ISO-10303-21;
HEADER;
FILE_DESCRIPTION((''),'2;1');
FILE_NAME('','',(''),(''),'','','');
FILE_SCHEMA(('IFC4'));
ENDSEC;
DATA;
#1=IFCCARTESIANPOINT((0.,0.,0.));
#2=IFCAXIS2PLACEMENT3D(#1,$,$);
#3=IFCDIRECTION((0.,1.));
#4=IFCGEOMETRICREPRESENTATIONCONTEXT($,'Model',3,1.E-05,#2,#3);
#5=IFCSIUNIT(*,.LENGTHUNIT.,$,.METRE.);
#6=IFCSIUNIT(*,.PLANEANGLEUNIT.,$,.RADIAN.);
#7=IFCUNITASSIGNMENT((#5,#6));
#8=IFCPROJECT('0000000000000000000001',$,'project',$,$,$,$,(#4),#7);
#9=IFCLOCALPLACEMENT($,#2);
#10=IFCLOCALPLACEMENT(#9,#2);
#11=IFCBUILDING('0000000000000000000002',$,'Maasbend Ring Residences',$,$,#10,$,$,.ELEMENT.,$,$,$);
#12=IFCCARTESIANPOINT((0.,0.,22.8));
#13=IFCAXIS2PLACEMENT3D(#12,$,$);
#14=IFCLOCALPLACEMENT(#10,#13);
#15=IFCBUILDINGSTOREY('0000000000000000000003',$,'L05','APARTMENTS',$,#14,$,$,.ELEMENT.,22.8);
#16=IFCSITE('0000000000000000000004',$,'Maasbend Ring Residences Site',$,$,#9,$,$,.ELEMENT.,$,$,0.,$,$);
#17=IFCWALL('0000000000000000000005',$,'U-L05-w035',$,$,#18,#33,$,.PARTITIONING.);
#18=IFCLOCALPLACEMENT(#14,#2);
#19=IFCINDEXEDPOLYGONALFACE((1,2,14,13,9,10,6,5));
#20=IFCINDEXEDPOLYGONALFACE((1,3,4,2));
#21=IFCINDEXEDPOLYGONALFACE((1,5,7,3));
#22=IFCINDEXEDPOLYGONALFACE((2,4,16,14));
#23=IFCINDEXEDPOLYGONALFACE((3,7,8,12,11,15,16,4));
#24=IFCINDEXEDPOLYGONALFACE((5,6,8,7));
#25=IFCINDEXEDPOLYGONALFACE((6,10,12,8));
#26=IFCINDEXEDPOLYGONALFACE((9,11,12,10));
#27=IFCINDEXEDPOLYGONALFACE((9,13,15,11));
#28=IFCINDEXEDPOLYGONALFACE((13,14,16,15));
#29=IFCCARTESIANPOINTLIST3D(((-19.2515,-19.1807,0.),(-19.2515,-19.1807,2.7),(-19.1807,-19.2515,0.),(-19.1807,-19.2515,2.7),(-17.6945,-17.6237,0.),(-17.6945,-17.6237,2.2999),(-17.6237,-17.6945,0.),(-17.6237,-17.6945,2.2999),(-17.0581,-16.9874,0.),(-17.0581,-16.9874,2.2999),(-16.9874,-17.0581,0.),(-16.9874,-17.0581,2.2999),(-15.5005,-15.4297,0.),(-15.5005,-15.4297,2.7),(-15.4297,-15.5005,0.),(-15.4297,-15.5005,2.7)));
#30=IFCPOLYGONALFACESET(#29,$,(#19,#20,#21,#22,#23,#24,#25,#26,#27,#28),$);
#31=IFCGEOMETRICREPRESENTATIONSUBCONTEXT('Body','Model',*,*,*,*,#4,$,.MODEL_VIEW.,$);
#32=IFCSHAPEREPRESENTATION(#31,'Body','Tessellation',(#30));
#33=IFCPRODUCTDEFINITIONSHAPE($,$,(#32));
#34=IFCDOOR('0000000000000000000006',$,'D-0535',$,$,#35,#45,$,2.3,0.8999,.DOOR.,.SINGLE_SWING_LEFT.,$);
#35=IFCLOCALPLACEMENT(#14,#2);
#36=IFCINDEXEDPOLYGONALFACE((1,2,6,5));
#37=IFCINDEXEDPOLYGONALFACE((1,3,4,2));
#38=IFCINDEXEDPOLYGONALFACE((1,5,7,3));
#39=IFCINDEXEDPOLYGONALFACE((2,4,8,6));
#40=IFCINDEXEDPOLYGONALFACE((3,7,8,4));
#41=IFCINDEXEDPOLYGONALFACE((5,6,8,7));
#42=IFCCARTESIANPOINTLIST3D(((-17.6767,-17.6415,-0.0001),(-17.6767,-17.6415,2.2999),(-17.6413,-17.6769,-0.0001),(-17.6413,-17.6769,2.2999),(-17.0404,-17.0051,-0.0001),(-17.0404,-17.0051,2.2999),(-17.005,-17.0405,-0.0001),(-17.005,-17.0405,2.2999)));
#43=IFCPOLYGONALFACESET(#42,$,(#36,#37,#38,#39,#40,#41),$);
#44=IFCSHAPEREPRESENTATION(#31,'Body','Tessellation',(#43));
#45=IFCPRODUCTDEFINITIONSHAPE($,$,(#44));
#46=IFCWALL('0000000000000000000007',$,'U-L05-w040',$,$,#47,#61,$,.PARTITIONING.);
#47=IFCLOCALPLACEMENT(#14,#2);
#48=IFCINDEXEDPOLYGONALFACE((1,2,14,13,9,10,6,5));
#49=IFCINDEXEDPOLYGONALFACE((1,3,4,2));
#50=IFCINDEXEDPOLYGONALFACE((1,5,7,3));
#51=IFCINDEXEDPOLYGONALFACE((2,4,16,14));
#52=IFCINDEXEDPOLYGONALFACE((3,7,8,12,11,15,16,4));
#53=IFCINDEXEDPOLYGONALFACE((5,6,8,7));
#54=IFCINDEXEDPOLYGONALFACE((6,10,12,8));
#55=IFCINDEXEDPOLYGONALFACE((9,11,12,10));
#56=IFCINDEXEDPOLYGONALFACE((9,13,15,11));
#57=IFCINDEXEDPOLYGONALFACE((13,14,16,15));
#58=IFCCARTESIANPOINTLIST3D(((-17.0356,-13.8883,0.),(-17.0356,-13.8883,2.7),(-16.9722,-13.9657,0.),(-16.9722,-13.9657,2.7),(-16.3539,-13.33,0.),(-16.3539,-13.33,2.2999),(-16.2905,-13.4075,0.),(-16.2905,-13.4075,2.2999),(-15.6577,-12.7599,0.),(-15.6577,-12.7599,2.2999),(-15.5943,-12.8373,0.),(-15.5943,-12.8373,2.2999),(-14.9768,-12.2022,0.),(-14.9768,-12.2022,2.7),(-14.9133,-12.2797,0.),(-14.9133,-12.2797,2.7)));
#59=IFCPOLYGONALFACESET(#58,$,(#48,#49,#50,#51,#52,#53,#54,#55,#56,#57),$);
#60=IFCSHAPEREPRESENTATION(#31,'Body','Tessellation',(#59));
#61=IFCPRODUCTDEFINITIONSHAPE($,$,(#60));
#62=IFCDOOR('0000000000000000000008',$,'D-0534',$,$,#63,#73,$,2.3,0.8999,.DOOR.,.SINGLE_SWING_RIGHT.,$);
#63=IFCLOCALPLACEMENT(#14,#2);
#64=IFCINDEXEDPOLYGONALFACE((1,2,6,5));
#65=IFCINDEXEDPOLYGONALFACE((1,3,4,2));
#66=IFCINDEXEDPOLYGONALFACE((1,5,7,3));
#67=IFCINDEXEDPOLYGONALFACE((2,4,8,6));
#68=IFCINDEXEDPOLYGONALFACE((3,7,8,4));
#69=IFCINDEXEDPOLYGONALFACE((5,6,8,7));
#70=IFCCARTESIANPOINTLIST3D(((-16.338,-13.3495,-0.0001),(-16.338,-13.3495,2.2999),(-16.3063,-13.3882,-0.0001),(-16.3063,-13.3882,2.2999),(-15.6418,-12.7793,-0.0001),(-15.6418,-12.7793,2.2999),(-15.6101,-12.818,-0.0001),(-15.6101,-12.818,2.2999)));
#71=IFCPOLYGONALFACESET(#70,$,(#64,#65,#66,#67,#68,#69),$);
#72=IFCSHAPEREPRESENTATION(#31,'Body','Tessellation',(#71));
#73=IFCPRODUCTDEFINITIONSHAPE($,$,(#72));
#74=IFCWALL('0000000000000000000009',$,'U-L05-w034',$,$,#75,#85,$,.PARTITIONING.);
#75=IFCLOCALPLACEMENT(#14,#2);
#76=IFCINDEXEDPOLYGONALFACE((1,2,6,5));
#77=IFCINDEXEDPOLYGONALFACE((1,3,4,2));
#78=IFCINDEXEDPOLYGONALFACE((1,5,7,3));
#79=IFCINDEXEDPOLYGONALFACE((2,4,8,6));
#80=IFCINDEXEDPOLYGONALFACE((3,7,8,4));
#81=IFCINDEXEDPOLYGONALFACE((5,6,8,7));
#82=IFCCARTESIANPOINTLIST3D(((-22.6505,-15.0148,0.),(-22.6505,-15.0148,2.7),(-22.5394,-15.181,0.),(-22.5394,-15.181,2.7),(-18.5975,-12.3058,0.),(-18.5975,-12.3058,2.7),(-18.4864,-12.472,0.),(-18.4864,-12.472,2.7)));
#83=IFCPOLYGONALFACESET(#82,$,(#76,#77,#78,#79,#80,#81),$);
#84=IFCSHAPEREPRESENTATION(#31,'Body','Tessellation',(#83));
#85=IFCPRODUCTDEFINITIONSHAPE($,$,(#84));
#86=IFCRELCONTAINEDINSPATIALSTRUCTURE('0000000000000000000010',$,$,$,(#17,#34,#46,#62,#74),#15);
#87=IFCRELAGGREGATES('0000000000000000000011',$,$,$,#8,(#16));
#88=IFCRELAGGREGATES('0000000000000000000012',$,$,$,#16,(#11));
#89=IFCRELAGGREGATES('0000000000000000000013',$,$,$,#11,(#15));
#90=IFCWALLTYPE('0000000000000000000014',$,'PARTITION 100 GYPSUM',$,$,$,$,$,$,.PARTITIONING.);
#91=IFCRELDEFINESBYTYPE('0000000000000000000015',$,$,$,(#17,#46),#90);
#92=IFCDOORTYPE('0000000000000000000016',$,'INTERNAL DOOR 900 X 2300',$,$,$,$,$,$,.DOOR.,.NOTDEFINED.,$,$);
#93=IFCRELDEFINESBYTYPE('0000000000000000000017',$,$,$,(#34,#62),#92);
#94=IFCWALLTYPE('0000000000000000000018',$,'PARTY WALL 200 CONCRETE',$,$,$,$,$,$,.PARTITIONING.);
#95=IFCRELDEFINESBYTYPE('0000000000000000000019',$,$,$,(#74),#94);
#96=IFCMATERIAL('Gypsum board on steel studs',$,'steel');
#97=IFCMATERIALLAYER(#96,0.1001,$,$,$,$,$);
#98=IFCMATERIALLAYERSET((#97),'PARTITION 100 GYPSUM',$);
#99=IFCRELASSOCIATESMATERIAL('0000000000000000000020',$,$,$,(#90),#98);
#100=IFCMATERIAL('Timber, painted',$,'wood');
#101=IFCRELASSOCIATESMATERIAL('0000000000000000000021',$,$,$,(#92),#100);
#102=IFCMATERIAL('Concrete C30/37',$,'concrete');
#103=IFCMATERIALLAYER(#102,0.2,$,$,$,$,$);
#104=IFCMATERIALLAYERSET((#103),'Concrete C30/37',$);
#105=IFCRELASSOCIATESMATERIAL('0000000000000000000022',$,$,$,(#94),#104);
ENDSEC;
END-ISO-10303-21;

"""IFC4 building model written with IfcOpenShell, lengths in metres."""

from ifc_helpers import new_model, si_unit, direction, frame, frame_2d, origin, place, context, subcontext, project, spatial, rectangle, extrude, material, layer, layer_set, type_object, element, fill, save


model = new_model("IFC4")

# Units and contexts
model_context = context("Model", 3, precision=1e-05, world=origin(), true_north=direction((0.0, 1.0)))
body_context = subcontext(model_context, "Body", "Model", "MODEL_VIEW")
ifc_project = project(units=[si_unit("LENGTHUNIT", "METRE"), si_unit("PLANEANGLEUNIT", "RADIAN")], contexts=[model_context])

# Site, building, storey
site_placement = place(None, origin())
site = spatial("IfcSite", under=ifc_project, at=site_placement, Name="Maasbend Ring Residences Site", CompositionType="ELEMENT", RefElevation=0.0)
building_placement = place(site_placement, origin())
building = spatial("IfcBuilding", under=site, at=building_placement, Name="Maasbend Ring Residences", CompositionType="ELEMENT")
storey_placement = place(building_placement, frame((0.0, 0.0, 22.8)))
storey = spatial("IfcBuildingStorey", under=building, at=storey_placement, Name="L05", Description="APARTMENTS", CompositionType="ELEMENT", Elevation=22.8)

# Shared definitions
ifc_material_1 = material(Name="Gypsum board on steel studs", Category="steel")
ifc_layer_1 = layer(ifc_material_1, 0.1001)
ifc_layer_set_1 = layer_set([ifc_layer_1], Name="PARTITION 100 GYPSUM")
wall_type_1 = type_object("IfcWallType", Name="PARTITION 100 GYPSUM", PredefinedType="PARTITIONING", material=ifc_layer_set_1)
ifc_material_2 = material(Name="Timber, painted", Category="wood")
door_type_1 = type_object("IfcDoorType", Name="INTERNAL DOOR 900 X 2300", OperationType="NOTDEFINED", PredefinedType="DOOR", material=ifc_material_2)

# Walls, openings, doors
wall_1_placement = place(storey_placement, frame((-19.2161, -19.2161, 0.0), z_axis=(0.0, 0.0, 1.0), x_axis=(0.707107, 0.707107, 0.0)))
wall_1 = element("IfcWall", 1, at=wall_1_placement, inside=storey, type_object=wall_type_1, Name="U-L05-w035", PredefinedType="PARTITIONING", context=body_context, shape_type="SweptSolid", body=[
    extrude(rectangle(XDim=5.3047, YDim=0.1001, at=frame_2d((2.6523, 0.0))), origin(), (0.0, 0.0, 1.0), 2.7),
])
opening_1_placement = place(wall_1_placement, frame((2.2019, 0.0, 0.0)))
opening_1 = element("IfcOpeningElement", 2, at=opening_1_placement, cuts=wall_1, PredefinedType="OPENING", context=body_context, shape_type="SweptSolid", body=[
    extrude(rectangle(XDim=0.8999, YDim=2.3, at=frame_2d((0.45, 1.1499))), frame((0.0, 0.0601, 0.0), z_axis=(0.0, -1.0, 0.0), x_axis=(1.0, 0.0, 0.0)), (0.0, 0.0, 1.0), 0.1201),
])
door_1_placement = place(opening_1_placement, origin())
door_1 = element("IfcDoor", 3, at=door_1_placement, inside=storey, type_object=door_type_1, Name="D-0535", OperationType="SINGLE_SWING_LEFT", OverallHeight=2.3, OverallWidth=0.8999, PredefinedType="DOOR", context=body_context, shape_type="SweptSolid", body=[
    extrude(rectangle(XDim=0.8999, YDim=2.3, at=frame_2d((0.45, 1.1499))), frame((0.0, 0.0249, 0.0), z_axis=(0.0, -1.0, 0.0), x_axis=(1.0, 0.0, 0.0)), (0.0, 0.0, 1.0), 0.05),
])
fill(opening_1, door_1)
wall_2_placement = place(storey_placement, frame((-17.0039, -13.927, 0.0), z_axis=(0.0, 0.0, 1.0), x_axis=(0.773675, 0.633582, 0.0)))
wall_2 = element("IfcWall", 4, at=wall_2_placement, inside=storey, type_object=wall_type_1, Name="U-L05-w040", PredefinedType="PARTITIONING", context=body_context, shape_type="SweptSolid", body=[
    extrude(rectangle(XDim=2.6611, YDim=0.1001, at=frame_2d((1.3306, 0.0))), origin(), (0.0, 0.0, 1.0), 2.7),
])
opening_2_placement = place(wall_2_placement, frame((0.8811, 0.0, 0.0)))
opening_2 = element("IfcOpeningElement", 5, at=opening_2_placement, cuts=wall_2, PredefinedType="OPENING", context=body_context, shape_type="SweptSolid", body=[
    extrude(rectangle(XDim=0.8999, YDim=2.3, at=frame_2d((0.45, 1.1499))), frame((0.0, 0.0601, 0.0), z_axis=(0.0, -1.0, 0.0), x_axis=(1.0, 0.0, 0.0)), (0.0, 0.0, 1.0), 0.1201),
])
door_2_placement = place(opening_2_placement, origin())
door_2 = element("IfcDoor", 6, at=door_2_placement, inside=storey, type_object=door_type_1, Name="D-0534", OperationType="SINGLE_SWING_RIGHT", OverallHeight=2.3, OverallWidth=0.8999, PredefinedType="DOOR", context=body_context, shape_type="SweptSolid", body=[
    extrude(rectangle(XDim=0.8999, YDim=2.3, at=frame_2d((0.45, 1.1499))), frame((0.0, 0.0249, 0.0), z_axis=(0.0, -1.0, 0.0), x_axis=(1.0, 0.0, 0.0)), (0.0, 0.0, 1.0), 0.05),
])
fill(opening_2, door_2)

# Wall
ifc_material_3 = material(Name="Concrete C30/37", Category="concrete")
ifc_layer_2 = layer(ifc_material_3, 0.2)
ifc_layer_set_2 = layer_set([ifc_layer_2], Name="Concrete C30/37")
wall_type_2 = type_object("IfcWallType", Name="PARTY WALL 200 CONCRETE", PredefinedType="PARTITIONING", material=ifc_layer_set_2)
wall_3_placement = place(storey_placement, frame((-22.595, -15.0979, 0.0), z_axis=(0.0, 0.0, 1.0), x_axis=(0.831387, 0.555694, 0.0)))
element("IfcWall", 7, at=wall_3_placement, inside=storey, type_object=wall_type_2, Name="U-L05-w034", PredefinedType="PARTITIONING", context=body_context, shape_type="SweptSolid", body=[
    extrude(rectangle(XDim=4.875, YDim=0.2, at=frame_2d((2.4375, 0.0))), origin(), (0.0, 0.0, 1.0), 2.7),
])

save(model, "model.ifc")
